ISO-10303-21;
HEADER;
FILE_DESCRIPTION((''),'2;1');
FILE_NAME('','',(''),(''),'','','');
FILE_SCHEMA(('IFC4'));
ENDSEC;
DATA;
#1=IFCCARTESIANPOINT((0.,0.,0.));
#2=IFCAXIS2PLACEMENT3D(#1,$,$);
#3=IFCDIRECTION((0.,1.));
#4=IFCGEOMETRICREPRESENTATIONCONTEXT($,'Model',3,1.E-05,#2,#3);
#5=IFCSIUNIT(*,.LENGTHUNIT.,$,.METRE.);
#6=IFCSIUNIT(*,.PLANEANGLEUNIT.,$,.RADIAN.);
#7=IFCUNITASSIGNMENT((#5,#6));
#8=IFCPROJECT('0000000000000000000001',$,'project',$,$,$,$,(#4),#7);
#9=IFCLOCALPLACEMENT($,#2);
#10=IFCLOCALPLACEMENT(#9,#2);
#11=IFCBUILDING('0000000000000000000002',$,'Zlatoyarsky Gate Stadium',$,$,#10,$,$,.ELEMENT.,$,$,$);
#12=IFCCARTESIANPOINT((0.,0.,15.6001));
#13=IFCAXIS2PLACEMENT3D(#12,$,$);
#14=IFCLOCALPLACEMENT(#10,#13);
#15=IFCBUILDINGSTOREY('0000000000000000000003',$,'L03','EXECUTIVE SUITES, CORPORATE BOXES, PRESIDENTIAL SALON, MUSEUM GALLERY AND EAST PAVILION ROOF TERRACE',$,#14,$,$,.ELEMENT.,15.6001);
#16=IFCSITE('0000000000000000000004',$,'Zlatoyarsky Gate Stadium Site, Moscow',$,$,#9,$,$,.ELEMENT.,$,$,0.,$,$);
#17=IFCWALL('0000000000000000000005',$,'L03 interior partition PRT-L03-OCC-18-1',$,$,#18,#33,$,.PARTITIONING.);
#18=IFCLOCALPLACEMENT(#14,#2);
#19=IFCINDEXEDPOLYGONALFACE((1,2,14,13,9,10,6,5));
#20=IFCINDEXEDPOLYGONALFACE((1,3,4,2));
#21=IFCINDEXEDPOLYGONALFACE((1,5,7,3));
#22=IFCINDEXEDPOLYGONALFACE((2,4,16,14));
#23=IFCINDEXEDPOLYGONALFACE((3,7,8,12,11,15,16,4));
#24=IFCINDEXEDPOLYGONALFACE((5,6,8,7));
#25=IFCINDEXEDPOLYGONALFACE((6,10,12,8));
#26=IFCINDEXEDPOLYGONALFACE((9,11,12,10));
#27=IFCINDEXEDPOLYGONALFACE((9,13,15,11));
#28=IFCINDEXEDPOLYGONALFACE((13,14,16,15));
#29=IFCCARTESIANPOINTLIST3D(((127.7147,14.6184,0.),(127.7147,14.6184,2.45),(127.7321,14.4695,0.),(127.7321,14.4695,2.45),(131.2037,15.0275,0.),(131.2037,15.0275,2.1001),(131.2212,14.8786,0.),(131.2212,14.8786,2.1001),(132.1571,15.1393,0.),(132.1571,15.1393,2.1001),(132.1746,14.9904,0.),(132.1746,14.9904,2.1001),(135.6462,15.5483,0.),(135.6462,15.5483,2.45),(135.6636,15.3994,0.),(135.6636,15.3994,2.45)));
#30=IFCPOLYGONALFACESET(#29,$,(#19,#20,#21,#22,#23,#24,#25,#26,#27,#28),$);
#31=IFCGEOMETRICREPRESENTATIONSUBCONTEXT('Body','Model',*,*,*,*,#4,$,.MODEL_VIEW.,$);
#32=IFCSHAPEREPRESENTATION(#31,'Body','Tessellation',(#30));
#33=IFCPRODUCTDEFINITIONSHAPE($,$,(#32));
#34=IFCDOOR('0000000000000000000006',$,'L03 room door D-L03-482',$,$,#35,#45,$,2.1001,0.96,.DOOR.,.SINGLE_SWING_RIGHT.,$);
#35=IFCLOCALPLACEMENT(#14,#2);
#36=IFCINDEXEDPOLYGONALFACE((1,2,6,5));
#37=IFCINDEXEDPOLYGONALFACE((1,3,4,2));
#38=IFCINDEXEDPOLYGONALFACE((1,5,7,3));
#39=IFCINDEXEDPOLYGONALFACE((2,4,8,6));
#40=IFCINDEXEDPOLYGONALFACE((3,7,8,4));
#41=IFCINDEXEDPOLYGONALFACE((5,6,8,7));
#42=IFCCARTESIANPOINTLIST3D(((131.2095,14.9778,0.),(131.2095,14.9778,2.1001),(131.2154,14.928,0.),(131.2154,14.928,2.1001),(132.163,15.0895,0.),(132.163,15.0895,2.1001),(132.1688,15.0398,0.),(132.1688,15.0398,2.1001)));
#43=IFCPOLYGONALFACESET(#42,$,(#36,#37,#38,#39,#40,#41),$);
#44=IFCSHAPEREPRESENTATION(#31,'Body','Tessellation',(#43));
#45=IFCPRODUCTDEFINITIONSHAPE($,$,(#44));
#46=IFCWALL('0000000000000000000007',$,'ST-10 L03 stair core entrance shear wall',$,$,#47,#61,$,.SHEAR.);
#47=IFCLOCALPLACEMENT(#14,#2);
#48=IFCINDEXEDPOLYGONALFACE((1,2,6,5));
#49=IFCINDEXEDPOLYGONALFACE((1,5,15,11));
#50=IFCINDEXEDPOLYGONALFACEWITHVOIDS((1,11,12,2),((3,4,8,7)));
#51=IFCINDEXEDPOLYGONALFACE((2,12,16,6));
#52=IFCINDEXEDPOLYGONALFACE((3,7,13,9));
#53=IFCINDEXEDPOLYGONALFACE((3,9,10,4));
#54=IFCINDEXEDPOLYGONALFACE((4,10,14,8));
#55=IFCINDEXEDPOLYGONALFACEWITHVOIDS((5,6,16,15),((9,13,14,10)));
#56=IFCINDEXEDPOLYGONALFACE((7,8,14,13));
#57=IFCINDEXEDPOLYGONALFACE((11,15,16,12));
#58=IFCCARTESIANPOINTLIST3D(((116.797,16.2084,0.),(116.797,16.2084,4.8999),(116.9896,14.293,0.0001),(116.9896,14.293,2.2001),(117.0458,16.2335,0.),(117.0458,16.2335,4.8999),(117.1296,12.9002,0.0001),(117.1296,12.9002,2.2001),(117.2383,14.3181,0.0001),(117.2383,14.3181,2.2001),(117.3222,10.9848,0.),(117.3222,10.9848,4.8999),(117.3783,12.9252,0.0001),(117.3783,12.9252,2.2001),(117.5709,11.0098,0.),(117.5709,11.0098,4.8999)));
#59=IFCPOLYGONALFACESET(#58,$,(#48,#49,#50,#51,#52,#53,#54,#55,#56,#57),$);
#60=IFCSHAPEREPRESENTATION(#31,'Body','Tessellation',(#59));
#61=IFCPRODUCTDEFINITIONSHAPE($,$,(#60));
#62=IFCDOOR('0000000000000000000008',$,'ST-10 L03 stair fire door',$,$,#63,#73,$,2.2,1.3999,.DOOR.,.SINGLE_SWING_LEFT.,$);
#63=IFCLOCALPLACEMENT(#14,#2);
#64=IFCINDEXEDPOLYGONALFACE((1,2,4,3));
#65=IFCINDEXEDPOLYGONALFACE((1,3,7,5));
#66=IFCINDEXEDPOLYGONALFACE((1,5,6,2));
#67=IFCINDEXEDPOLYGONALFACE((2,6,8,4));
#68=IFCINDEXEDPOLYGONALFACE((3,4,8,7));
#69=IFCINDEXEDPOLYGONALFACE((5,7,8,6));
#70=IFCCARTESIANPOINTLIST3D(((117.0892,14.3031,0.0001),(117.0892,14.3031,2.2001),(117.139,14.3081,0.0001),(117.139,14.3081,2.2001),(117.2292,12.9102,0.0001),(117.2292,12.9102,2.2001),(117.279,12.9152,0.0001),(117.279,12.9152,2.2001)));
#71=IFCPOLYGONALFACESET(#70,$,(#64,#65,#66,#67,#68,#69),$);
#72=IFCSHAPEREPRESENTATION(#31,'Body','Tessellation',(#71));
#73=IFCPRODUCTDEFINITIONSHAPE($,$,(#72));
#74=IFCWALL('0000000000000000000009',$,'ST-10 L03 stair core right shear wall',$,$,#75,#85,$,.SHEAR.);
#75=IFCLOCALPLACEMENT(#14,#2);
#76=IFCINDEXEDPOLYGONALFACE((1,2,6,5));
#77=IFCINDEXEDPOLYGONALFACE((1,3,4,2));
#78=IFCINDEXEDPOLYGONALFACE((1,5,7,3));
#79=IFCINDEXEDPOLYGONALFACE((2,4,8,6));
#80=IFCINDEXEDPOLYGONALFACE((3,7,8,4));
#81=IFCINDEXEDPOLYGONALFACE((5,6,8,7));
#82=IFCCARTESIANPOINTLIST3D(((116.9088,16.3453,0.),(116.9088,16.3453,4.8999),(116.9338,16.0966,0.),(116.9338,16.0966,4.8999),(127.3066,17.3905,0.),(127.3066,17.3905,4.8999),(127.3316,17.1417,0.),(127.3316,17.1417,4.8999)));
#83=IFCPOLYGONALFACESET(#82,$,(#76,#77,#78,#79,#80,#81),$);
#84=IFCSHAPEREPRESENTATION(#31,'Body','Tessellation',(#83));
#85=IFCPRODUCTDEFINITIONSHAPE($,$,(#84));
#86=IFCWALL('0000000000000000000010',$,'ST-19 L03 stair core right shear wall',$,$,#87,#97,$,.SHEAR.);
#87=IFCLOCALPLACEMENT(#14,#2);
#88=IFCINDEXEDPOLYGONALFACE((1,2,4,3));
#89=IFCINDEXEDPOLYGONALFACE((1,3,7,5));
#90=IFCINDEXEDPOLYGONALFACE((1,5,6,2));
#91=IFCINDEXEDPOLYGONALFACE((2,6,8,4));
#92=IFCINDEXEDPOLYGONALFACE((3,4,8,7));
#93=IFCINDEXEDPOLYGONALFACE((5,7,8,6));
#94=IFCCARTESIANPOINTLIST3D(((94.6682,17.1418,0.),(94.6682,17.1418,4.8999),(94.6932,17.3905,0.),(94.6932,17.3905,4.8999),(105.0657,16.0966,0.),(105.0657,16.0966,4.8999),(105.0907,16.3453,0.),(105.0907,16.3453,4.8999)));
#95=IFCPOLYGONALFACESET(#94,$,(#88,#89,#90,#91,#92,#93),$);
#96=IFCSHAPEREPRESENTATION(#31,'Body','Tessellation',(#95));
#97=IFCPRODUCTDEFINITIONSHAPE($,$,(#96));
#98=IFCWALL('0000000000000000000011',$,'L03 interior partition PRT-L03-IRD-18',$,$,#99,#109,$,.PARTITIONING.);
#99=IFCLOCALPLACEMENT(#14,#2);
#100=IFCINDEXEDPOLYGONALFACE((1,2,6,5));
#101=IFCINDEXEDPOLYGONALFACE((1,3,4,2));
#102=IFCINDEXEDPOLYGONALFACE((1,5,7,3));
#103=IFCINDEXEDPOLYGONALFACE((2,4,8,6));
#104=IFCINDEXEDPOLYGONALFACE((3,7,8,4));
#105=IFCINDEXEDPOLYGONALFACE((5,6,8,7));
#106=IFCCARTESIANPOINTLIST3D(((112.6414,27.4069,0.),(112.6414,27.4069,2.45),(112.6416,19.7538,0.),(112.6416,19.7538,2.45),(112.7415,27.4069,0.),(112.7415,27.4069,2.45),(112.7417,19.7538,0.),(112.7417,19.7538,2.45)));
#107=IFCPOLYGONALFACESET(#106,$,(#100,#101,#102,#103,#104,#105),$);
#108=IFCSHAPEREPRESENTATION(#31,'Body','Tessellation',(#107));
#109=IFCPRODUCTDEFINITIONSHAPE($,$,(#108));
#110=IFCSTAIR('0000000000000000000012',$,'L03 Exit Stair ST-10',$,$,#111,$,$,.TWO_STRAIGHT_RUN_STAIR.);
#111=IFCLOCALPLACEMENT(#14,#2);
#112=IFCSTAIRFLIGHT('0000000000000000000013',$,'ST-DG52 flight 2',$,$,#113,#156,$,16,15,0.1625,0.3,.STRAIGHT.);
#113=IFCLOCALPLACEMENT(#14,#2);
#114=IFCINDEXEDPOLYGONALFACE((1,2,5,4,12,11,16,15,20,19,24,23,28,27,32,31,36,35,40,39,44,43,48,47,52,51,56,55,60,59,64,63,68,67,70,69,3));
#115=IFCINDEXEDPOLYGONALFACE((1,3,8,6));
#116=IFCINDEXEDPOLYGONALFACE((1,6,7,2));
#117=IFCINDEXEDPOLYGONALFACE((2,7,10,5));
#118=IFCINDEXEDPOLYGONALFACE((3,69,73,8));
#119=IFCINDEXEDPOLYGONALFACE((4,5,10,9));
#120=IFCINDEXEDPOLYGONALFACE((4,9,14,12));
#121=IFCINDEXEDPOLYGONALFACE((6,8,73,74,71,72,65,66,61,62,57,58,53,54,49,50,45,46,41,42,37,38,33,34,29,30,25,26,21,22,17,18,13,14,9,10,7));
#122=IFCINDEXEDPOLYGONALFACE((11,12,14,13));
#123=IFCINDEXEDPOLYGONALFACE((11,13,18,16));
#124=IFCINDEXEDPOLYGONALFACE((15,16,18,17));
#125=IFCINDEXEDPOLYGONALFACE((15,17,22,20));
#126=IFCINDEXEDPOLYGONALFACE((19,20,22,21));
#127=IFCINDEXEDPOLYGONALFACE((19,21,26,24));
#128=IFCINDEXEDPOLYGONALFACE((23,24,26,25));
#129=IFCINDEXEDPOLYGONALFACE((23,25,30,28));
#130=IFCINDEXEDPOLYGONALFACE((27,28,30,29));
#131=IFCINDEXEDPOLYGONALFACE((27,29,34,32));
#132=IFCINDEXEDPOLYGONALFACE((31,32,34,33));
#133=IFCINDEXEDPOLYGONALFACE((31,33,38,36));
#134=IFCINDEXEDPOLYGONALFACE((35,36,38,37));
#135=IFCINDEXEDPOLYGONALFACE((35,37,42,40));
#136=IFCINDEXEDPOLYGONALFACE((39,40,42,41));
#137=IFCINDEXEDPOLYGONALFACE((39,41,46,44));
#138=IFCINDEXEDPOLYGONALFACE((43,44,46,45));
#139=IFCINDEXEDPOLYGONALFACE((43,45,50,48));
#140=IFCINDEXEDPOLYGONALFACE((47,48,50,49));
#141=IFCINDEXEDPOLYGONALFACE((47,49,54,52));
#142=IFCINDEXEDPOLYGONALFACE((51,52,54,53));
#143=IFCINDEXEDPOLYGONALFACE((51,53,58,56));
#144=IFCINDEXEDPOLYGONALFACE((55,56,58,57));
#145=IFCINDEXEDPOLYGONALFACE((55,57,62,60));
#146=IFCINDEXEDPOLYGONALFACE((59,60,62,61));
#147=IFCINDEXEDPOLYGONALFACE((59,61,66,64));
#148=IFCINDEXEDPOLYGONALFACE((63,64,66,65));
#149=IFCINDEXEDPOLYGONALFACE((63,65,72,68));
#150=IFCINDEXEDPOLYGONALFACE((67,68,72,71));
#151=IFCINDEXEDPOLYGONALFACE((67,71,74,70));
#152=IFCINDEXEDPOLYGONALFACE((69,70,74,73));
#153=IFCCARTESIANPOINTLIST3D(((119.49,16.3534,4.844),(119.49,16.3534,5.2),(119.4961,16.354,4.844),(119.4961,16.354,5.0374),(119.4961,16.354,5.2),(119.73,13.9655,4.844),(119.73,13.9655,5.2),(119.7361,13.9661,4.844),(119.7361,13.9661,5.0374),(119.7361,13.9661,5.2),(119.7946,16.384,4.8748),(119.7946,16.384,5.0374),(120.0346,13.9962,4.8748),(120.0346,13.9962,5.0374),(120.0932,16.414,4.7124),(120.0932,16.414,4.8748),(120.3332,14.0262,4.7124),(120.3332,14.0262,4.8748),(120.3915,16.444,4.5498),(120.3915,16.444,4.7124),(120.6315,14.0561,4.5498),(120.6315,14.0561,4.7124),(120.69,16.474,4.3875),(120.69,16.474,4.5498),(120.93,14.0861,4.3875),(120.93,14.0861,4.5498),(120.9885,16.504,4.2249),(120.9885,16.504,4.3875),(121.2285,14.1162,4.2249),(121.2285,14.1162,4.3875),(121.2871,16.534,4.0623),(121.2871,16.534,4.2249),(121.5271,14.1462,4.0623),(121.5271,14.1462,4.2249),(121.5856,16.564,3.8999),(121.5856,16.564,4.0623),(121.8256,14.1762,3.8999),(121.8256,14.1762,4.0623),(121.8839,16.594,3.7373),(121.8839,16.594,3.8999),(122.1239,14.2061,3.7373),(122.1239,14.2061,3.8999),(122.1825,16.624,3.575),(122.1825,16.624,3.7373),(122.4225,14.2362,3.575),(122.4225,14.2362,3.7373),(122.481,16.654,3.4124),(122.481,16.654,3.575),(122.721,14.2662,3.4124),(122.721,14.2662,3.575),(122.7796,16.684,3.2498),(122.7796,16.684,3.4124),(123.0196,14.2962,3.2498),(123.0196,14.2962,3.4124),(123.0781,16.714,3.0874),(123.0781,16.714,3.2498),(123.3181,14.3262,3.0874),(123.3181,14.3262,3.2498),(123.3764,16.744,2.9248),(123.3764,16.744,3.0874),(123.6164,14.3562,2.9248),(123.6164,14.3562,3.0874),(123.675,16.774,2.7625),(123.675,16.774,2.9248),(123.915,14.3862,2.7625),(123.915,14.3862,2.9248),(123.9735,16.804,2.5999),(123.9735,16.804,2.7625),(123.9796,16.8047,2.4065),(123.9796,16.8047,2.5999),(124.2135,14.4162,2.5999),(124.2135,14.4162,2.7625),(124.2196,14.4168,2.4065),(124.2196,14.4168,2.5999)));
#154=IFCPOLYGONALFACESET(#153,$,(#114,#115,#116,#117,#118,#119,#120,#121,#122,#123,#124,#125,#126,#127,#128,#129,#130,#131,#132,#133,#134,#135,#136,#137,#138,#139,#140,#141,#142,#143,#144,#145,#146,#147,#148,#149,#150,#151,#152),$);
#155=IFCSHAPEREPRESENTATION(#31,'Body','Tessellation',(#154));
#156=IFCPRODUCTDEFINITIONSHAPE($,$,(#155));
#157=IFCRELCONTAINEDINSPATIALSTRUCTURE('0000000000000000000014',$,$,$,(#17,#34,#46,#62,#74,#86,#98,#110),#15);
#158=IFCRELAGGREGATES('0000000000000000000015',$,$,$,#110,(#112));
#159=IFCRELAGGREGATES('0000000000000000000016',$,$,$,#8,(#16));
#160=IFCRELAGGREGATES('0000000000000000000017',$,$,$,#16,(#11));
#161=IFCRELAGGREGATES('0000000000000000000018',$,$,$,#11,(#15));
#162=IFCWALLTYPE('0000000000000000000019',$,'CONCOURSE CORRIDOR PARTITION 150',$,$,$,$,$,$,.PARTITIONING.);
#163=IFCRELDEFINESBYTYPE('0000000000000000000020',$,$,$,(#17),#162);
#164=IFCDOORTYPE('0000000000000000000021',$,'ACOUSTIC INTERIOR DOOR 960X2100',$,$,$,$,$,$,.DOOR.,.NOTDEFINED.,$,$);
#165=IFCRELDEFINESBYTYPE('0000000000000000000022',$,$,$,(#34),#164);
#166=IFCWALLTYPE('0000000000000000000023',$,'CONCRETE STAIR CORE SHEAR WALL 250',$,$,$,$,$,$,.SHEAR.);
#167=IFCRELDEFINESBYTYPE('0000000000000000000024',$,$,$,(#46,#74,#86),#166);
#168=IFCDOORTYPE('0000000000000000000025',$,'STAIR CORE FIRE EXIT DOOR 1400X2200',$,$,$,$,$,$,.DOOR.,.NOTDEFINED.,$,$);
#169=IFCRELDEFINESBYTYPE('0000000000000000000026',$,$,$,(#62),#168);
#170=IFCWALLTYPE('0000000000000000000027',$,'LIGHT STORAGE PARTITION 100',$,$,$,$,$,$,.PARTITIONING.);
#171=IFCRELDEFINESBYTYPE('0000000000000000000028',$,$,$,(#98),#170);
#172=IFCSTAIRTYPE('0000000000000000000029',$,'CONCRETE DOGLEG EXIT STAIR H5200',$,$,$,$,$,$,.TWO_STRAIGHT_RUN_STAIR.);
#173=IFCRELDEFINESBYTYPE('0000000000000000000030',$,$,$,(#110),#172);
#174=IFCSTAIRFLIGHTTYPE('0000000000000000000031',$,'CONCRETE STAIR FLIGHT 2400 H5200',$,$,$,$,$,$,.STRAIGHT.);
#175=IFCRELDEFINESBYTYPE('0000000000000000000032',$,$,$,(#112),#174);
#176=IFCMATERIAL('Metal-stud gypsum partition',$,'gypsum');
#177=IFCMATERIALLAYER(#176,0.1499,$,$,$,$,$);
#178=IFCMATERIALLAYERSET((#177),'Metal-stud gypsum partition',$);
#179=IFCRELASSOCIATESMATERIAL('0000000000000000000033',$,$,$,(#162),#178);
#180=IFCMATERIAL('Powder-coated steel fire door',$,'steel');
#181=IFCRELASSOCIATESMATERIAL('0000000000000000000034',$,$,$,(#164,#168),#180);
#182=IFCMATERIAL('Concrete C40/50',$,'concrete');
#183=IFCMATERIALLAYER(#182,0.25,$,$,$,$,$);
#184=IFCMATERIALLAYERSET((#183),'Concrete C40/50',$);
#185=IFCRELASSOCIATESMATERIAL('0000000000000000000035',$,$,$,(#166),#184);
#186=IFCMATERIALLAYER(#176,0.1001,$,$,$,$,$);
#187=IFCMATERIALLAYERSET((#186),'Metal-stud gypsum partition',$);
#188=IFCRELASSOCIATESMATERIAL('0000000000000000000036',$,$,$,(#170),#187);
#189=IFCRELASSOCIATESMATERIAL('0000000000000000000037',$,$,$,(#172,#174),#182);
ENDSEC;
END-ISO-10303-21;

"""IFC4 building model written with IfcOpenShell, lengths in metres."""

from ifc_helpers import new_model, si_unit, direction, frame, frame_2d, origin, place, context, subcontext, project, spatial, polyline, rectangle, outline, extrude, material, layer, layer_set, type_object, element, fill, aggregate, save


model = new_model("IFC4")

# Units and contexts
model_context = context("Model", 3, precision=1e-05, world=origin(), true_north=direction((0.0, 1.0)))
body_context = subcontext(model_context, "Body", "Model", "MODEL_VIEW")
ifc_project = project(units=[si_unit("LENGTHUNIT", "METRE"), si_unit("PLANEANGLEUNIT", "RADIAN")], contexts=[model_context])

# Site, building, storey
site_placement = place(None, origin())
site = spatial("IfcSite", under=ifc_project, at=site_placement, Name="Zlatoyarsky Gate Stadium Site, Moscow", CompositionType="ELEMENT", RefElevation=0.0)
building_placement = place(site_placement, origin())
building = spatial("IfcBuilding", under=site, at=building_placement, Name="Zlatoyarsky Gate Stadium", CompositionType="ELEMENT")
storey_placement = place(building_placement, frame((0.0, 0.0, 15.6001)))
storey = spatial("IfcBuildingStorey", under=building, at=storey_placement, Name="L03", Description="EXECUTIVE SUITES, CORPORATE BOXES, PRESIDENTIAL SALON, MUSEUM GALLERY AND EAST PAVILION ROOF TERRACE", CompositionType="ELEMENT", Elevation=15.6001)

# Walls, openings, doors
ifc_material_1 = material(Name="Metal-stud gypsum partition", Category="gypsum")
ifc_layer_1 = layer(ifc_material_1, 0.1499)
ifc_layer_set_1 = layer_set([ifc_layer_1], Name="Metal-stud gypsum partition")
wall_type_1 = type_object("IfcWallType", Name="CONCOURSE CORRIDOR PARTITION 150", PredefinedType="PARTITIONING", material=ifc_layer_set_1)
wall_1_placement = place(storey_placement, frame((127.7234, 14.5439, 0.0), z_axis=(0.0, 0.0, 1.0), x_axis=(0.993197, 0.116449, 0.0)))
wall_1 = element("IfcWall", 1, at=wall_1_placement, inside=storey, type_object=wall_type_1, Name="L03 interior partition PRT-L03-OCC-18-1", PredefinedType="PARTITIONING", context=body_context, shape_type="SweptSolid", body=[
    extrude(rectangle(XDim=7.9858, YDim=0.1499, at=frame_2d((3.9929, 0.0))), origin(), (0.0, 0.0, 1.0), 2.45),
])
opening_1_placement = place(wall_1_placement, frame((3.5129, 0.0, 0.0)))
opening_1 = element("IfcOpeningElement", 2, at=opening_1_placement, cuts=wall_1, PredefinedType="OPENING", context=body_context, shape_type="SweptSolid", body=[
    extrude(rectangle(XDim=0.96, YDim=2.1001, at=frame_2d((0.48, 1.05))), frame((0.0, 0.085, 0.0), z_axis=(0.0, -1.0, 0.0), x_axis=(1.0, 0.0, 0.0)), (0.0, 0.0, 1.0), 0.1699),
])
ifc_material_2 = material(Name="Powder-coated steel fire door", Category="steel")
door_type_1 = type_object("IfcDoorType", Name="ACOUSTIC INTERIOR DOOR 960X2100", OperationType="NOTDEFINED", PredefinedType="DOOR", material=ifc_material_2)
door_1_placement = place(opening_1_placement, origin())
door_1 = element("IfcDoor", 3, at=door_1_placement, inside=storey, type_object=door_type_1, Name="L03 room door D-L03-482", OperationType="SINGLE_SWING_RIGHT", OverallHeight=2.1001, OverallWidth=0.96, PredefinedType="DOOR", context=body_context, shape_type="SweptSolid", body=[
    extrude(rectangle(XDim=0.96, YDim=2.1001, at=frame_2d((0.48, 1.05))), frame((0.0, 0.0249, 0.0), z_axis=(0.0, -1.0, 0.0), x_axis=(1.0, 0.0, 0.0)), (0.0, 0.0, 1.0), 0.05),
])
fill(opening_1, door_1)
ifc_material_3 = material(Name="Concrete C40/50", Category="concrete")
ifc_layer_2 = layer(ifc_material_3, 0.25)
ifc_layer_set_2 = layer_set([ifc_layer_2], Name="Concrete C40/50")
wall_type_2 = type_object("IfcWallType", Name="CONCRETE STAIR CORE SHEAR WALL 250", PredefinedType="SHEAR", material=ifc_layer_set_2)
wall_2_placement = place(storey_placement, frame((116.9214, 16.2209, 0.0), z_axis=(0.0, 0.0, 1.0), x_axis=(0.100029, -0.994985, 0.0)))
wall_2 = element("IfcWall", 4, at=wall_2_placement, inside=storey, type_object=wall_type_2, Name="ST-10 L03 stair core entrance shear wall", PredefinedType="SHEAR", context=body_context, shape_type="SweptSolid", body=[
    extrude(rectangle(XDim=5.25, YDim=0.25, at=frame_2d((2.625, 0.0))), origin(), (0.0, 0.0, 1.0), 4.8999),
])
opening_2_placement = place(wall_2_placement, frame((1.925, 0.0, 0.0)))
opening_2 = element("IfcOpeningElement", 5, at=opening_2_placement, cuts=wall_2, PredefinedType="OPENING", context=body_context, shape_type="SweptSolid", body=[
    extrude(rectangle(XDim=1.3999, YDim=2.2, at=frame_2d((0.7, 1.1001))), frame((0.0, 0.135, 0.0), z_axis=(0.0, -1.0, 0.0), x_axis=(1.0, 0.0, 0.0)), (0.0, 0.0, 1.0), 0.27),
])
door_type_2 = type_object("IfcDoorType", Name="STAIR CORE FIRE EXIT DOOR 1400X2200", OperationType="NOTDEFINED", PredefinedType="DOOR", material=ifc_material_2)
door_2_placement = place(opening_2_placement, frame((1.3999, 0.0, 0.0), z_axis=(0.0, 0.0, 1.0), x_axis=(-1.0, 0.0, 0.0)))
door_2 = element("IfcDoor", 6, at=door_2_placement, inside=storey, type_object=door_type_2, Name="ST-10 L03 stair fire door", OperationType="SINGLE_SWING_LEFT", OverallHeight=2.2, OverallWidth=1.3999, PredefinedType="DOOR", context=body_context, shape_type="SweptSolid", body=[
    extrude(rectangle(XDim=1.3999, YDim=2.2, at=frame_2d((0.7, 1.1001))), frame((0.0, 0.0249, 0.0), z_axis=(0.0, -1.0, 0.0), x_axis=(1.0, 0.0, 0.0)), (0.0, 0.0, 1.0), 0.05),
])
fill(opening_2, door_2)

# Walls
wall_3_placement = place(storey_placement, frame((127.3191, 17.2661, 0.0), z_axis=(0.0, 0.0, 1.0), x_axis=(-0.994986, -0.100015, 0.0)))
element("IfcWall", 7, at=wall_3_placement, inside=storey, type_object=wall_type_2, Name="ST-10 L03 stair core right shear wall", PredefinedType="SHEAR", context=body_context, shape_type="SweptSolid", body=[
    extrude(rectangle(XDim=10.4502, YDim=0.25, at=frame_2d((5.2251, 0.0))), origin(), (0.0, 0.0, 1.0), 4.8999),
])
wall_4_placement = place(storey_placement, frame((105.0784, 16.2209, 0.0), z_axis=(0.0, 0.0, 1.0), x_axis=(-0.994986, 0.100017, 0.0)))
element("IfcWall", 8, at=wall_4_placement, inside=storey, type_object=wall_type_2, Name="ST-19 L03 stair core right shear wall", PredefinedType="SHEAR", context=body_context, shape_type="SweptSolid", body=[
    extrude(rectangle(XDim=10.45, YDim=0.25, at=frame_2d((5.2251, 0.0))), origin(), (0.0, 0.0, 1.0), 4.8999),
])
ifc_layer_3 = layer(ifc_material_1, 0.1001)
ifc_layer_set_3 = layer_set([ifc_layer_3], Name="Metal-stud gypsum partition")
wall_type_3 = type_object("IfcWallType", Name="LIGHT STORAGE PARTITION 100", PredefinedType="PARTITIONING", material=ifc_layer_set_3)
wall_5_placement = place(storey_placement, frame((112.6914, 27.407, 0.0), z_axis=(0.0, 0.0, 1.0), x_axis=(0.000032, -1.0, 0.0)))
element("IfcWall", 9, at=wall_5_placement, inside=storey, type_object=wall_type_3, Name="L03 interior partition PRT-L03-IRD-18", PredefinedType="PARTITIONING", context=body_context, shape_type="SweptSolid", body=[
    extrude(rectangle(XDim=7.6531, YDim=0.1001, at=frame_2d((3.8267, 0.0))), origin(), (0.0, 0.0, 1.0), 2.45),
])

# Stair, stair flight
stair_type = type_object("IfcStairType", Name="CONCRETE DOGLEG EXIT STAIR H5200", PredefinedType="TWO_STRAIGHT_RUN_STAIR", material=ifc_material_3)
stair_placement = place(storey_placement, origin())
stair = element("IfcStair", 10, at=stair_placement, inside=storey, type_object=stair_type, Name="L03 Exit Stair ST-10", PredefinedType="TWO_STRAIGHT_RUN_STAIR")
stair_flight_type = type_object("IfcStairFlightType", Name="CONCRETE STAIR FLIGHT 2400 H5200", PredefinedType="STRAIGHT", material=ifc_material_3)
stair_flight_placement = place(storey_placement, frame((124.0935, 15.6101, 2.5999), z_axis=(0.0, 0.0, 1.0), x_axis=(-0.994987, -0.100006, 0.0)))
stair_flight = element("IfcStairFlight", 11, at=stair_flight_placement, type_object=stair_flight_type, Name="ST-DG52 flight 2", NumberOfRisers=16, NumberOfTreads=15, PredefinedType="STRAIGHT", RiserHeight=0.1625, TreadLength=0.3, context=body_context, shape_type="SweptSolid", body=[
    extrude(outline(polyline([(-0.0061, -0.1934), (-0.0061, 0.0), (0.0, 0.0), (0.0, 0.1626), (0.3, 0.1626), (0.3, 0.325), (0.6001, 0.325), (0.6001, 0.4875), (0.8999, 0.4875), (0.8999, 0.6499), (1.2, 0.6499), (1.2, 0.8125), (1.5, 0.8125), (1.5, 0.9751), (1.8, 0.9751), (1.8, 1.1375), (2.1001, 1.1375), (2.1001, 1.3), (2.3999, 1.3), (2.3999, 1.4624), (2.7, 1.4624), (2.7, 1.625), (3.0, 1.625), (3.0, 1.7876), (3.3, 1.7876), (3.3, 1.95), (3.6001, 1.95), (3.6001, 2.1125), (3.8999, 2.1125), (3.8999, 2.2749), (4.2, 2.2749), (4.2, 2.4375), (4.5, 2.4375), (4.5, 2.6001), (4.5061, 2.6001), (4.5061, 2.2441), (4.5, 2.2441), (-0.0061, -0.1934)])), frame((0.0, 1.2, 0.0), z_axis=(0.0, -1.0, 0.0), x_axis=(1.0, 0.0, 0.0)), (0.0, 0.0, 1.0), 2.3999),
])
aggregate(stair, [stair_flight])

save(model, "model.ifc")
